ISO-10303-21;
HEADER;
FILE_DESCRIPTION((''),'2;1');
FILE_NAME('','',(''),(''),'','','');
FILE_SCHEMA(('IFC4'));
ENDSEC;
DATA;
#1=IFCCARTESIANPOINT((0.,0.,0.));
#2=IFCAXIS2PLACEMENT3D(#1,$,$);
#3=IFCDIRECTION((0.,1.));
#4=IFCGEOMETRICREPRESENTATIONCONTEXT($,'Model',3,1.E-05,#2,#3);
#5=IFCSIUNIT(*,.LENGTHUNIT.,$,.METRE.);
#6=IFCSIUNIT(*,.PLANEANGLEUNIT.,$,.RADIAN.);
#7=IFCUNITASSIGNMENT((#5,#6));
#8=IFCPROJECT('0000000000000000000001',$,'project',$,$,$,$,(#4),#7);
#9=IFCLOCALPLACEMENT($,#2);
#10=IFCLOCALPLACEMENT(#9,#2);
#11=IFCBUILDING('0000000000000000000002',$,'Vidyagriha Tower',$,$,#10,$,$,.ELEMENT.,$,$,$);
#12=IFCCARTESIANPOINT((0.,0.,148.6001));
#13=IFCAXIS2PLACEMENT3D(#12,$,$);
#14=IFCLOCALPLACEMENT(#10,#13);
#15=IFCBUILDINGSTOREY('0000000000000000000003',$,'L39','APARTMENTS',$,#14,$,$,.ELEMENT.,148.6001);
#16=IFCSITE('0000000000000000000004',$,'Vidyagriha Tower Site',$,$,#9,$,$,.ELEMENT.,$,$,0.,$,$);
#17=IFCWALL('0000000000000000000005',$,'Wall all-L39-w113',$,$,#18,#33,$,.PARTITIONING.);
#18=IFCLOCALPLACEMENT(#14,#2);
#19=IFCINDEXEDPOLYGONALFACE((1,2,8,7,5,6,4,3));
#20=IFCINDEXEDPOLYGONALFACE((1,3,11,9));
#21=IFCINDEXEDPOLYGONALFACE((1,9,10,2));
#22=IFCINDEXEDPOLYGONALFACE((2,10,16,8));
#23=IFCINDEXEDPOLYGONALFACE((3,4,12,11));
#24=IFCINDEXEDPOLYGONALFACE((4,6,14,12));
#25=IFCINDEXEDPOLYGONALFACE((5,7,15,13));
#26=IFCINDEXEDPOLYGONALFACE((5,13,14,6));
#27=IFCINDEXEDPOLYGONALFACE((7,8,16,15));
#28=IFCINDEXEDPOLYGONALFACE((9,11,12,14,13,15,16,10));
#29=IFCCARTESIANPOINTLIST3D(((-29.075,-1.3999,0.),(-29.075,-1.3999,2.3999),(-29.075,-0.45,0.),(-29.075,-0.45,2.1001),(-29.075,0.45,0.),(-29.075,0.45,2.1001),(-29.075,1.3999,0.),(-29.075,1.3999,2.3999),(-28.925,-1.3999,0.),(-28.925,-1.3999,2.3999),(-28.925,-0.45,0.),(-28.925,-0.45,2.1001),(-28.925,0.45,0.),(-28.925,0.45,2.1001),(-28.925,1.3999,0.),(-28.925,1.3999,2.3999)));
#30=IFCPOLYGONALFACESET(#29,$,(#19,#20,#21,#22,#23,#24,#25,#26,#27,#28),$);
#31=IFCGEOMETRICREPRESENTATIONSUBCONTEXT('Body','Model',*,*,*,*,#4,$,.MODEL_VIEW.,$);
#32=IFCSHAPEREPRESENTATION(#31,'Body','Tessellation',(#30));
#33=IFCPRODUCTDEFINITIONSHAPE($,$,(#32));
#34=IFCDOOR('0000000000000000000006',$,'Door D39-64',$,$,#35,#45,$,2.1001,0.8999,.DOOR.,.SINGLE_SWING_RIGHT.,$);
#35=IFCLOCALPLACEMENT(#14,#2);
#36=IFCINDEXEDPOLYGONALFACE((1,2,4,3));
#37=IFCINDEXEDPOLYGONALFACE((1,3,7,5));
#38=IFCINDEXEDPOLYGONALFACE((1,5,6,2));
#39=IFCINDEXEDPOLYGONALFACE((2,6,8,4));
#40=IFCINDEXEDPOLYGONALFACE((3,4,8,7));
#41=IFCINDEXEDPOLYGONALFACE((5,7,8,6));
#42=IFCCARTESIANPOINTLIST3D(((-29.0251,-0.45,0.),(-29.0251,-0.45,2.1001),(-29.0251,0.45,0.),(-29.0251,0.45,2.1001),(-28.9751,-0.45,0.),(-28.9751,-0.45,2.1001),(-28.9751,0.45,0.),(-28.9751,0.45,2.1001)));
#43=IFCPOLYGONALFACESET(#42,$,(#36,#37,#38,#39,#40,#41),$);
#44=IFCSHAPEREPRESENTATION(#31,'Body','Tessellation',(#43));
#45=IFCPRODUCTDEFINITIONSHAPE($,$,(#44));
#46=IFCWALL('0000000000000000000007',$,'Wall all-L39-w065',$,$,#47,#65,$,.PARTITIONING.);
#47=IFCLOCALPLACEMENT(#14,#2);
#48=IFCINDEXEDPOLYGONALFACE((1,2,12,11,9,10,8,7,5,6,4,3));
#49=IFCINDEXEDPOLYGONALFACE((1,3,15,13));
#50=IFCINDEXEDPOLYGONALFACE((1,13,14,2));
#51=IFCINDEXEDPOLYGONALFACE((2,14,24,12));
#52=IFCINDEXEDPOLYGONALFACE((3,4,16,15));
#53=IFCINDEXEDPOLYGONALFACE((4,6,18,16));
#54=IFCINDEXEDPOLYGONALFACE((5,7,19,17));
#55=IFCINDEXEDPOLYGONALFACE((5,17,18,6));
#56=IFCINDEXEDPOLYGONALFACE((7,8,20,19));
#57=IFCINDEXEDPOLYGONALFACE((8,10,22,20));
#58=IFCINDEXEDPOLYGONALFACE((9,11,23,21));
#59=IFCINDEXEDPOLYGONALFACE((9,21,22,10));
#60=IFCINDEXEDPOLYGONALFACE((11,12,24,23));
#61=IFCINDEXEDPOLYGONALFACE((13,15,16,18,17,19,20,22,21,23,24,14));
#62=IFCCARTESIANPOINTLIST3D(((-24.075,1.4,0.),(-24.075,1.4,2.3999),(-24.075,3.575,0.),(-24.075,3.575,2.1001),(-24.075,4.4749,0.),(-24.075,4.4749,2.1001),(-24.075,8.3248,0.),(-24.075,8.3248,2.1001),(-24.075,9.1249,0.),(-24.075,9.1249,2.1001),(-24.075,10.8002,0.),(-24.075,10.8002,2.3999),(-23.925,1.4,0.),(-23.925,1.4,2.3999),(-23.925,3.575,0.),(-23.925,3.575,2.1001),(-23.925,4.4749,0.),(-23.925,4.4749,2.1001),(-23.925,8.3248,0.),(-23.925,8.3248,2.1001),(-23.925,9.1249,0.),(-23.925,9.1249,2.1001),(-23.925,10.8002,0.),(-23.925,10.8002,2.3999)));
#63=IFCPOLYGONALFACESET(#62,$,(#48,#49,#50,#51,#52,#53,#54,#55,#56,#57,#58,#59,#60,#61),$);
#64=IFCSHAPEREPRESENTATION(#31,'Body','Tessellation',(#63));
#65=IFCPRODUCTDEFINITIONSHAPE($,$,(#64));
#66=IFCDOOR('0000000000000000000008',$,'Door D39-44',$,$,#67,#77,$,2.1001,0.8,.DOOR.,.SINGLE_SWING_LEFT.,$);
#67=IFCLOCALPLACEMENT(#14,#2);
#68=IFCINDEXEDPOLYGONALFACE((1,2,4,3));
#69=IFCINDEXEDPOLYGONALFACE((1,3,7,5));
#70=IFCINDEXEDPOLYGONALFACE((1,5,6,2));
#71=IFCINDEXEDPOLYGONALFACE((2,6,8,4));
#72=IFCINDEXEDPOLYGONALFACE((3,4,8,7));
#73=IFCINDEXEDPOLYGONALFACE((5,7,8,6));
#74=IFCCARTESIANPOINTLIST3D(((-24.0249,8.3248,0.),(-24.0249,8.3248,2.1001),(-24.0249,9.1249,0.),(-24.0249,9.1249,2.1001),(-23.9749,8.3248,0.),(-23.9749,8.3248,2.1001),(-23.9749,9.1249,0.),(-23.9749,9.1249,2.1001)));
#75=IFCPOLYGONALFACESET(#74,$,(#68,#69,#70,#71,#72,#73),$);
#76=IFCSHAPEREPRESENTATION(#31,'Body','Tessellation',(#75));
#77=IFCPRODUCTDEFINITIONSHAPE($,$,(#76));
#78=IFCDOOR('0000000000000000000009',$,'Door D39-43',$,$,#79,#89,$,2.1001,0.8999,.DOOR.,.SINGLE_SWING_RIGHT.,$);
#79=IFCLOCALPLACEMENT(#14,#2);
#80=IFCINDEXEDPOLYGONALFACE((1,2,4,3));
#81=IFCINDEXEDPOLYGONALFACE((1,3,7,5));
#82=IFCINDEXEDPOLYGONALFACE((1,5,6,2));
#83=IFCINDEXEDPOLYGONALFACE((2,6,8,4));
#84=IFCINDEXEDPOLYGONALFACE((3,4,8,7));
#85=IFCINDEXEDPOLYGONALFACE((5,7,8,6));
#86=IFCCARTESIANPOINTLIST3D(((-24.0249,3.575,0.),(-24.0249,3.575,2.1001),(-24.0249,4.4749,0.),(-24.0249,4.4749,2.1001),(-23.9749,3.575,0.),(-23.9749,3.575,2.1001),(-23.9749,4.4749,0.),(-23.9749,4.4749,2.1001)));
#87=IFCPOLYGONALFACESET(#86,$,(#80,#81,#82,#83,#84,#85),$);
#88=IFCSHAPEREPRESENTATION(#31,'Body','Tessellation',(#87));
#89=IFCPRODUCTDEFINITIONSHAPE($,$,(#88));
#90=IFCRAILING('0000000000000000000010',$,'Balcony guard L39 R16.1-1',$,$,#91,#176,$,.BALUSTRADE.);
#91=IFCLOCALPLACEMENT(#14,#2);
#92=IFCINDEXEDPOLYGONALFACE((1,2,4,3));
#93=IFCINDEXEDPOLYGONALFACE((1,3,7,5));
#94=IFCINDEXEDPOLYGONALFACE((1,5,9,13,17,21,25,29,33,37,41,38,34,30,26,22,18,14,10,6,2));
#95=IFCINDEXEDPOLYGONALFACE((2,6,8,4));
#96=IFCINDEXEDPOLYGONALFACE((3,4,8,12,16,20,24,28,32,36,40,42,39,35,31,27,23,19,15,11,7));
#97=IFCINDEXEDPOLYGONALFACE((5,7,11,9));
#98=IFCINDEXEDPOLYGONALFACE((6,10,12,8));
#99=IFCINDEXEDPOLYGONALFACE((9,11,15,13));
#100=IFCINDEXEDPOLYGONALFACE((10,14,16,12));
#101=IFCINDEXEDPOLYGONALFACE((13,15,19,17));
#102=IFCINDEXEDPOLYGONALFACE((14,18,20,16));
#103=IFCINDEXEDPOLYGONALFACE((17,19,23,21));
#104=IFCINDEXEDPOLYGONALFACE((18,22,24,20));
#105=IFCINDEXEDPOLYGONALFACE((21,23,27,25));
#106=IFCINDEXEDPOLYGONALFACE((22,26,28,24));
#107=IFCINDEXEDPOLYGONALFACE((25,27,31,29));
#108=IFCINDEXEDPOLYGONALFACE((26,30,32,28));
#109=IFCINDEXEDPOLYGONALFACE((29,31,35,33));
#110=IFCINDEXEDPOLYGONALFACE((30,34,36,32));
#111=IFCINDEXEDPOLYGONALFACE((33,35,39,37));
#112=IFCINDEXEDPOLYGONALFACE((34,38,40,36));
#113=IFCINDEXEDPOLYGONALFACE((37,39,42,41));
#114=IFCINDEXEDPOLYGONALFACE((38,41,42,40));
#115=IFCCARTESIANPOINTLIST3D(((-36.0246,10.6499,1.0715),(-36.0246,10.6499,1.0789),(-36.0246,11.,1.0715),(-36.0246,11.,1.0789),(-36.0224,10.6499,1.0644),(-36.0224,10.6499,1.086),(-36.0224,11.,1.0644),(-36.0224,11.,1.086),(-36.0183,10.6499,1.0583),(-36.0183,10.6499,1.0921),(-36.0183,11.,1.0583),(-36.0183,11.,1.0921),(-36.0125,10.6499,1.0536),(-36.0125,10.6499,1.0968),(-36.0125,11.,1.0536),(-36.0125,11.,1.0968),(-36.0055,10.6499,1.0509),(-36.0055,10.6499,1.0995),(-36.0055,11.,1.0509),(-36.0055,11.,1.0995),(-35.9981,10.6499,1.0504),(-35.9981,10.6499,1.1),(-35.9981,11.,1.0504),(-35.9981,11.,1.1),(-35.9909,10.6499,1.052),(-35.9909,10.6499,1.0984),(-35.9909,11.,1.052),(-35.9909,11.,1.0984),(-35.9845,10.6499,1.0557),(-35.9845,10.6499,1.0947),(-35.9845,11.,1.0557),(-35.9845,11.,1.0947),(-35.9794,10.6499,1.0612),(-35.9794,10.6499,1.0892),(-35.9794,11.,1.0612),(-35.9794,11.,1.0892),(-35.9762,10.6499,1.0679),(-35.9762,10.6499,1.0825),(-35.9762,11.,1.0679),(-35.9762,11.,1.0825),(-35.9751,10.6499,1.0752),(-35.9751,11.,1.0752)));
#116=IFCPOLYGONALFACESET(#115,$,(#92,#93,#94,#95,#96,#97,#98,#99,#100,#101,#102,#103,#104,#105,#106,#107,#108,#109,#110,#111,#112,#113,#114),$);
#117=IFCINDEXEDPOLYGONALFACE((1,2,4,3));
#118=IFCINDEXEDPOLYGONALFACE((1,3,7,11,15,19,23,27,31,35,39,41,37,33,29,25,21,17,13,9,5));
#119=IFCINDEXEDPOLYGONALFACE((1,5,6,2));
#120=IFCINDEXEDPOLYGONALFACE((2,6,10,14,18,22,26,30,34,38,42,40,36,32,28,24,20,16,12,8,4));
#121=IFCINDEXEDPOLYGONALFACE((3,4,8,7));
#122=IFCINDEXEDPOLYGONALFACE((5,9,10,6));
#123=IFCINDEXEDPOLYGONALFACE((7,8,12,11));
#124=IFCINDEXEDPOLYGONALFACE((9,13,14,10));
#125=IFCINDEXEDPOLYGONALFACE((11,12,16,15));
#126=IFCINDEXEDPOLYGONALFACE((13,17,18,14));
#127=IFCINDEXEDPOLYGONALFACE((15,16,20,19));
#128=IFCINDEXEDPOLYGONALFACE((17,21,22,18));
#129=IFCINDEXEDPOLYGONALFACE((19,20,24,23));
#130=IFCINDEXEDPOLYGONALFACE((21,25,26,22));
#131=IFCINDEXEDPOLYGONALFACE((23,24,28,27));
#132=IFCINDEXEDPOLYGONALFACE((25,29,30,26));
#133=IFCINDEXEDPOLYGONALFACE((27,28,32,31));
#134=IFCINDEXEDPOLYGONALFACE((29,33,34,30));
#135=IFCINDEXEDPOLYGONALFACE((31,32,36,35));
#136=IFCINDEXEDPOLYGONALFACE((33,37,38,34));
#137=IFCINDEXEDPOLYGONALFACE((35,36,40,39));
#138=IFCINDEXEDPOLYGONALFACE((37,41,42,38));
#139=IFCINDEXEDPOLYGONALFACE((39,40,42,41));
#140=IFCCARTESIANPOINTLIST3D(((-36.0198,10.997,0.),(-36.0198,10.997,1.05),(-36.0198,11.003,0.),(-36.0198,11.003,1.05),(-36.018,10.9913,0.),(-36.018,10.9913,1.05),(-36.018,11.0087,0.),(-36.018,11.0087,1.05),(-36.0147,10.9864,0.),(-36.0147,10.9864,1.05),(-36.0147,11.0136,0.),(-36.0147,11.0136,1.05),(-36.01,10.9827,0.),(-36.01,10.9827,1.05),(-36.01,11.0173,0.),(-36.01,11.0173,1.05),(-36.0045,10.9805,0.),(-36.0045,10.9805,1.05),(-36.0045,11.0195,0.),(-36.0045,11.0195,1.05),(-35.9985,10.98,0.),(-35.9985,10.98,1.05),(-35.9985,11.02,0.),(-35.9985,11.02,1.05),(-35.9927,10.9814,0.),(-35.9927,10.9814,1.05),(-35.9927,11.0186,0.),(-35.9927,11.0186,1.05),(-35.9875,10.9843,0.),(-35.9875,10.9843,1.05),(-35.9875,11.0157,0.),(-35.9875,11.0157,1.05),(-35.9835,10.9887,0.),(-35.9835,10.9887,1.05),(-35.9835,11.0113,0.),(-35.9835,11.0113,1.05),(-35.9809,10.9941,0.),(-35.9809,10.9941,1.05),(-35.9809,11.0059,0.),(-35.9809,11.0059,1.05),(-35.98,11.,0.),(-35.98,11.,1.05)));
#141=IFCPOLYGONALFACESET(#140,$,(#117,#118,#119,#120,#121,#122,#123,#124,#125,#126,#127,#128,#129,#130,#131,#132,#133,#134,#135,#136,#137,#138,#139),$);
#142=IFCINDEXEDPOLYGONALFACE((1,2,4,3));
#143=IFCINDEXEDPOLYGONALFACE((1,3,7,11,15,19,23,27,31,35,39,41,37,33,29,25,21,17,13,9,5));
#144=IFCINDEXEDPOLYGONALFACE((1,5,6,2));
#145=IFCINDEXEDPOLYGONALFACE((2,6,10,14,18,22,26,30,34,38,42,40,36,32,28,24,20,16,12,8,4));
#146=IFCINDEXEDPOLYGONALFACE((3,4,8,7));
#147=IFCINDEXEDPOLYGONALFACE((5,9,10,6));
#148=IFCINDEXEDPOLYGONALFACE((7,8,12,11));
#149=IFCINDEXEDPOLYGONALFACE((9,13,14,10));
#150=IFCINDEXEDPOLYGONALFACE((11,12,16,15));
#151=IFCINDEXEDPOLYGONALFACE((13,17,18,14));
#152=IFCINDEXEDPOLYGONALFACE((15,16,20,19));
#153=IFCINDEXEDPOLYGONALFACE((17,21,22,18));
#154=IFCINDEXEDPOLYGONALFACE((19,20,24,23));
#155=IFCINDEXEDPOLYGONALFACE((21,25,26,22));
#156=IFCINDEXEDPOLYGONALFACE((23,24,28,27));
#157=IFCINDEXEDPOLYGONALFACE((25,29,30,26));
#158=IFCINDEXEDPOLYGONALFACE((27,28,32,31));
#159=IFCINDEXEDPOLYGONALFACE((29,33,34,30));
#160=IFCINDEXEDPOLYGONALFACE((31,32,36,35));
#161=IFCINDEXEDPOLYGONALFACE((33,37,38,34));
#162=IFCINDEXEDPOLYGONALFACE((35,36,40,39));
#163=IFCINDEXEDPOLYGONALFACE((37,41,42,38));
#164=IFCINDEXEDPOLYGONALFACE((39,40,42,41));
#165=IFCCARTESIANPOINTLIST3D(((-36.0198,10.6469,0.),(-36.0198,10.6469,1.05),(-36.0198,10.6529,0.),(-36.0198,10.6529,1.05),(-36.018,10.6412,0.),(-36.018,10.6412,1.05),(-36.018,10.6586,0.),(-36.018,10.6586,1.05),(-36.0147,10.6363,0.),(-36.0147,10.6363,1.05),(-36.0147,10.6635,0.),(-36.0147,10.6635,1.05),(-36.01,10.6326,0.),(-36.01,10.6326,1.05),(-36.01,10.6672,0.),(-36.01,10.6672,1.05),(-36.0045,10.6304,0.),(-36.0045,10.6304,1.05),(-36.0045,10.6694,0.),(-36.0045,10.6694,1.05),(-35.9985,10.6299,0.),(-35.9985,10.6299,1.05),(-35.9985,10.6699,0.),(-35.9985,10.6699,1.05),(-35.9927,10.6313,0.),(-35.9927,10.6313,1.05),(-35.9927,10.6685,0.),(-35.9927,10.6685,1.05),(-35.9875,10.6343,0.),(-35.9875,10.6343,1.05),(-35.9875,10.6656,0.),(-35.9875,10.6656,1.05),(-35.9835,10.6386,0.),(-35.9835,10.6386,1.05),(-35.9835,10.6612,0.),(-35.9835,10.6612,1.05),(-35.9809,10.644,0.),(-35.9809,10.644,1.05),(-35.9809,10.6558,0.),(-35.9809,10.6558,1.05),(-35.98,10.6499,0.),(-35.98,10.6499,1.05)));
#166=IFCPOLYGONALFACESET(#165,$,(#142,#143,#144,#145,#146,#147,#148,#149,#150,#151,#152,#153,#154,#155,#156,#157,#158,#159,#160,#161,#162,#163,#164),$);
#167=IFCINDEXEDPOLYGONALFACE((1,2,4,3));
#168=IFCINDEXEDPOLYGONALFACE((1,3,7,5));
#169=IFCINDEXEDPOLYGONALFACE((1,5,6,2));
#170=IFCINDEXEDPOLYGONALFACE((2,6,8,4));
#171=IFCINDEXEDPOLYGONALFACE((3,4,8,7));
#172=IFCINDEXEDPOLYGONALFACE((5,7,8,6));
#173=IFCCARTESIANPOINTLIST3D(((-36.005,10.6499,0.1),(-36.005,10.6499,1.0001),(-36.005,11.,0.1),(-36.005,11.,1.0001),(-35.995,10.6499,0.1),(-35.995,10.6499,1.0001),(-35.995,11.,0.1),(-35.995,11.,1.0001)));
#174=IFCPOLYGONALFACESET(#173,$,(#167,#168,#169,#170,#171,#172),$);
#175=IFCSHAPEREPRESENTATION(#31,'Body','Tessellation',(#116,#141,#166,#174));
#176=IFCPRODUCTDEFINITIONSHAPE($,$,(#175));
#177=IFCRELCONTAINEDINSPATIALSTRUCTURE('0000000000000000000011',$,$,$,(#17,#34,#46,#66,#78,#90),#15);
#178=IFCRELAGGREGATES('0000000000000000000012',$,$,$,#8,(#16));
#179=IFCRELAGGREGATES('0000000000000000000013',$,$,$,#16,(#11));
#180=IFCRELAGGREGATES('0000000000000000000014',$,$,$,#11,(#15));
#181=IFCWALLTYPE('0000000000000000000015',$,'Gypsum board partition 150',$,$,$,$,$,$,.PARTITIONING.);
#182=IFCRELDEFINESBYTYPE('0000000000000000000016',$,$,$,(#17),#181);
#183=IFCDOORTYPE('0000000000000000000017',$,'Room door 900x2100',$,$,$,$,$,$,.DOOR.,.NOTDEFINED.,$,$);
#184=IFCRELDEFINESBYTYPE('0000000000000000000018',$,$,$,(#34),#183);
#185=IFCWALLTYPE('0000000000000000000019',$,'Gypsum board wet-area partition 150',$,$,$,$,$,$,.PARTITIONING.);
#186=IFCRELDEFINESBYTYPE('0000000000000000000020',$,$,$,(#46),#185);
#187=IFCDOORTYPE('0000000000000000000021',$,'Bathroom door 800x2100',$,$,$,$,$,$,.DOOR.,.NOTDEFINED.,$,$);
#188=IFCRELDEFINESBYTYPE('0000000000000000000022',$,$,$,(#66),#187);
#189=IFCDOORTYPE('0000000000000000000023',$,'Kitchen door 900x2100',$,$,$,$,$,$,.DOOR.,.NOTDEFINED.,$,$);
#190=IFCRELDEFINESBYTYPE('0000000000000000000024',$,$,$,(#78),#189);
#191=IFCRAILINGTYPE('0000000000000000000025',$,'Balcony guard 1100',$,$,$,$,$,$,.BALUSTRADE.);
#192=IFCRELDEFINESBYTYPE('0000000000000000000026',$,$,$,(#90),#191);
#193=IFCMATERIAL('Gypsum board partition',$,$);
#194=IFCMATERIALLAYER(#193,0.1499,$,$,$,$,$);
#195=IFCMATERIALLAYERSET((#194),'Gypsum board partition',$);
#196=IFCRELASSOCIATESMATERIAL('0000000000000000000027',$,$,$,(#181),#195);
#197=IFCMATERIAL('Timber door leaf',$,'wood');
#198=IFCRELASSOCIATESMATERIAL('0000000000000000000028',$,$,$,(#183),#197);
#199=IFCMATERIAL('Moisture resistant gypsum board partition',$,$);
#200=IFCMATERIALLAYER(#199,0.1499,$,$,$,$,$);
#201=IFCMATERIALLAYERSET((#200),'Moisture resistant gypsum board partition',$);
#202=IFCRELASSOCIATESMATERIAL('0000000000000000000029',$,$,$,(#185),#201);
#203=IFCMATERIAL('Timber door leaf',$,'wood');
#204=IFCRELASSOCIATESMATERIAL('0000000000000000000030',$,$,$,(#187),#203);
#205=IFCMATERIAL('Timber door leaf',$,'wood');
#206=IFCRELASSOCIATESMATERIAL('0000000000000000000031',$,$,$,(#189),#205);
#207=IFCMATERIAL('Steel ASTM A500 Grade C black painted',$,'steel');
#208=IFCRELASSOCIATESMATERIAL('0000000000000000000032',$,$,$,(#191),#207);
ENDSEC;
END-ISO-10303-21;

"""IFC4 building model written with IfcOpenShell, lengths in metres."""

from ifc_helpers import new_model, si_unit, direction, frame, frame_2d, origin, origin_2d, place, context, subcontext, project, spatial, rectangle, circle, extrude, material, layer, layer_set, type_object, element, fill, save


model = new_model("IFC4")

# Units and contexts
model_context = context("Model", 3, precision=1e-05, world=origin(), true_north=direction((0.0, 1.0)))
body_context = subcontext(model_context, "Body", "Model", "MODEL_VIEW")
ifc_project = project(units=[si_unit("LENGTHUNIT", "METRE"), si_unit("PLANEANGLEUNIT", "RADIAN")], contexts=[model_context])

# Site, building, storey
site_placement = place(None, origin())
site = spatial("IfcSite", under=ifc_project, at=site_placement, Name="Vidyagriha Tower Site", CompositionType="ELEMENT", RefElevation=0.0)
building_placement = place(site_placement, origin())
building = spatial("IfcBuilding", under=site, at=building_placement, Name="Vidyagriha Tower", CompositionType="ELEMENT")
storey_placement = place(building_placement, frame((0.0, 0.0, 148.6001)))
storey = spatial("IfcBuildingStorey", under=building, at=storey_placement, Name="L39", Description="APARTMENTS", CompositionType="ELEMENT", Elevation=148.6001)

# Shared definitions
ifc_material_1 = material(Name="Gypsum board partition")
ifc_layer_1 = layer(ifc_material_1, 0.1499)
ifc_layer_set_1 = layer_set([ifc_layer_1], Name="Gypsum board partition")
wall_type_1 = type_object("IfcWallType", Name="Gypsum board partition 150", PredefinedType="PARTITIONING", material=ifc_layer_set_1)

# Shared definitions
ifc_material_2 = material(Name="Timber door leaf", Category="wood")
door_type_1 = type_object("IfcDoorType", Name="Room door 900x2100", OperationType="NOTDEFINED", PredefinedType="DOOR", material=ifc_material_2)

# Wall, opening, door
wall_1_placement = place(storey_placement, frame((-29.0, 1.3999, 0.0), z_axis=(0.0, 0.0, 1.0), x_axis=(0.0, -1.0, 0.0)))
wall_1 = element("IfcWall", 1, at=wall_1_placement, inside=storey, type_object=wall_type_1, Name="Wall all-L39-w113", PredefinedType="PARTITIONING", context=body_context, shape_type="SweptSolid", body=[
    extrude(rectangle(XDim=2.7998, YDim=0.1499, at=frame_2d((1.3999, 0.0))), origin(), (0.0, 0.0, 1.0), 2.3999),
])
opening_1_placement = place(wall_1_placement, frame((0.95, 0.0, 0.0)))
opening_1 = element("IfcOpeningElement", 2, at=opening_1_placement, cuts=wall_1, PredefinedType="OPENING", context=body_context, shape_type="SweptSolid", body=[
    extrude(rectangle(XDim=0.8999, YDim=2.1001, at=frame_2d((0.45, 1.05))), frame((0.0, 0.085, 0.0), z_axis=(0.0, -1.0, 0.0), x_axis=(1.0, 0.0, 0.0)), (0.0, 0.0, 1.0), 0.1699),
])
door_1_placement = place(opening_1_placement, origin())
door_1 = element("IfcDoor", 3, at=door_1_placement, inside=storey, type_object=door_type_1, Name="Door D39-64", OperationType="SINGLE_SWING_RIGHT", OverallHeight=2.1001, OverallWidth=0.8999, PredefinedType="DOOR", context=body_context, shape_type="SweptSolid", body=[
    extrude(rectangle(XDim=0.8999, YDim=2.1001, at=frame_2d((0.45, 1.05))), frame((0.0, 0.0249, 0.0), z_axis=(0.0, -1.0, 0.0), x_axis=(1.0, 0.0, 0.0)), (0.0, 0.0, 1.0), 0.05),
])
fill(opening_1, door_1)

# Wall, openings, doors
ifc_material_3 = material(Name="Moisture resistant gypsum board partition")
ifc_layer_2 = layer(ifc_material_3, 0.1499)
ifc_layer_set_2 = layer_set([ifc_layer_2], Name="Moisture resistant gypsum board partition")
wall_type_2 = type_object("IfcWallType", Name="Gypsum board wet-area partition 150", PredefinedType="PARTITIONING", material=ifc_layer_set_2)
wall_2_placement = place(storey_placement, frame((-24.0, 1.3999, 0.0), z_axis=(0.0, 0.0, 1.0), x_axis=(0.0, 1.0, 0.0)))
wall_2 = element("IfcWall", 4, at=wall_2_placement, inside=storey, type_object=wall_type_2, Name="Wall all-L39-w065", PredefinedType="PARTITIONING", context=body_context, shape_type="SweptSolid", body=[
    extrude(rectangle(XDim=9.4001, YDim=0.1499, at=frame_2d((4.7002, 0.0))), origin(), (0.0, 0.0, 1.0), 2.3999),
])
opening_2_placement = place(wall_2_placement, frame((2.175, 0.0, 0.0)))
opening_2 = element("IfcOpeningElement", 5, at=opening_2_placement, cuts=wall_2, PredefinedType="OPENING", context=body_context, shape_type="SweptSolid", body=[
    extrude(rectangle(XDim=0.8999, YDim=2.1001, at=frame_2d((0.45, 1.05))), frame((0.0, 0.085, 0.0), z_axis=(0.0, -1.0, 0.0), x_axis=(1.0, 0.0, 0.0)), (0.0, 0.0, 1.0), 0.1699),
])
opening_3_placement = place(wall_2_placement, frame((6.925, 0.0, 0.0)))
opening_3 = element("IfcOpeningElement", 6, at=opening_3_placement, cuts=wall_2, PredefinedType="OPENING", context=body_context, shape_type="SweptSolid", body=[
    extrude(rectangle(XDim=0.8, YDim=2.1001, at=frame_2d((0.3999, 1.05))), frame((0.0, 0.085, 0.0), z_axis=(0.0, -1.0, 0.0), x_axis=(1.0, 0.0, 0.0)), (0.0, 0.0, 1.0), 0.1699),
])
ifc_material_4 = material(Name="Timber door leaf", Category="wood")
door_type_2 = type_object("IfcDoorType", Name="Bathroom door 800x2100", OperationType="NOTDEFINED", PredefinedType="DOOR", material=ifc_material_4)
door_2_placement = place(opening_3_placement, origin())
door_2 = element("IfcDoor", 7, at=door_2_placement, inside=storey, type_object=door_type_2, Name="Door D39-44", OperationType="SINGLE_SWING_LEFT", OverallHeight=2.1001, OverallWidth=0.8, PredefinedType="DOOR", context=body_context, shape_type="SweptSolid", body=[
    extrude(rectangle(XDim=0.8, YDim=2.1001, at=frame_2d((0.3999, 1.05))), frame((0.0, 0.0249, 0.0), z_axis=(0.0, -1.0, 0.0), x_axis=(1.0, 0.0, 0.0)), (0.0, 0.0, 1.0), 0.05),
])
fill(opening_3, door_2)
ifc_material_5 = material(Name="Timber door leaf", Category="wood")
door_type_3 = type_object("IfcDoorType", Name="Kitchen door 900x2100", OperationType="NOTDEFINED", PredefinedType="DOOR", material=ifc_material_5)
door_3_placement = place(opening_2_placement, origin())
door_3 = element("IfcDoor", 8, at=door_3_placement, inside=storey, type_object=door_type_3, Name="Door D39-43", OperationType="SINGLE_SWING_RIGHT", OverallHeight=2.1001, OverallWidth=0.8999, PredefinedType="DOOR", context=body_context, shape_type="SweptSolid", body=[
    extrude(rectangle(XDim=0.8999, YDim=2.1001, at=frame_2d((0.45, 1.05))), frame((0.0, 0.0249, 0.0), z_axis=(0.0, -1.0, 0.0), x_axis=(1.0, 0.0, 0.0)), (0.0, 0.0, 1.0), 0.05),
])
fill(opening_2, door_3)

# Railing
ifc_material_6 = material(Name="Steel ASTM A500 Grade C black painted", Category="steel")
railing_type = type_object("IfcRailingType", Name="Balcony guard 1100", PredefinedType="BALUSTRADE", material=ifc_material_6)
railing_1_placement = place(storey_placement, frame((-36.0, 11.0, 0.0)))
element("IfcRailing", 9, at=railing_1_placement, inside=storey, type_object=railing_type, Name="Balcony guard L39 R16.1-1", PredefinedType="BALUSTRADE", context=body_context, shape_type="SweptSolid", body=[
    extrude(circle(Radius=0.0249, at=origin_2d()), frame((0.0, 0.0, 1.0752), z_axis=(0.0, -1.0, 0.0), x_axis=(1.0, 0.0, 0.0)), (0.0, 0.0, 1.0), 0.3501),
    extrude(circle(Radius=0.02, at=origin_2d()), origin(), (0.0, 0.0, 1.0), 1.05),
    extrude(circle(Radius=0.02, at=origin_2d()), frame((0.0, -0.3501, 0.0)), (0.0, 0.0, 1.0), 1.05),
    extrude(rectangle(XDim=0.01, YDim=0.9001, at=origin_2d()), frame((0.0, 0.0, 0.55), z_axis=(0.0, -1.0, 0.0), x_axis=(1.0, 0.0, 0.0)), (0.0, 0.0, 1.0), 0.3501),
])

save(model, "model.ifc")
